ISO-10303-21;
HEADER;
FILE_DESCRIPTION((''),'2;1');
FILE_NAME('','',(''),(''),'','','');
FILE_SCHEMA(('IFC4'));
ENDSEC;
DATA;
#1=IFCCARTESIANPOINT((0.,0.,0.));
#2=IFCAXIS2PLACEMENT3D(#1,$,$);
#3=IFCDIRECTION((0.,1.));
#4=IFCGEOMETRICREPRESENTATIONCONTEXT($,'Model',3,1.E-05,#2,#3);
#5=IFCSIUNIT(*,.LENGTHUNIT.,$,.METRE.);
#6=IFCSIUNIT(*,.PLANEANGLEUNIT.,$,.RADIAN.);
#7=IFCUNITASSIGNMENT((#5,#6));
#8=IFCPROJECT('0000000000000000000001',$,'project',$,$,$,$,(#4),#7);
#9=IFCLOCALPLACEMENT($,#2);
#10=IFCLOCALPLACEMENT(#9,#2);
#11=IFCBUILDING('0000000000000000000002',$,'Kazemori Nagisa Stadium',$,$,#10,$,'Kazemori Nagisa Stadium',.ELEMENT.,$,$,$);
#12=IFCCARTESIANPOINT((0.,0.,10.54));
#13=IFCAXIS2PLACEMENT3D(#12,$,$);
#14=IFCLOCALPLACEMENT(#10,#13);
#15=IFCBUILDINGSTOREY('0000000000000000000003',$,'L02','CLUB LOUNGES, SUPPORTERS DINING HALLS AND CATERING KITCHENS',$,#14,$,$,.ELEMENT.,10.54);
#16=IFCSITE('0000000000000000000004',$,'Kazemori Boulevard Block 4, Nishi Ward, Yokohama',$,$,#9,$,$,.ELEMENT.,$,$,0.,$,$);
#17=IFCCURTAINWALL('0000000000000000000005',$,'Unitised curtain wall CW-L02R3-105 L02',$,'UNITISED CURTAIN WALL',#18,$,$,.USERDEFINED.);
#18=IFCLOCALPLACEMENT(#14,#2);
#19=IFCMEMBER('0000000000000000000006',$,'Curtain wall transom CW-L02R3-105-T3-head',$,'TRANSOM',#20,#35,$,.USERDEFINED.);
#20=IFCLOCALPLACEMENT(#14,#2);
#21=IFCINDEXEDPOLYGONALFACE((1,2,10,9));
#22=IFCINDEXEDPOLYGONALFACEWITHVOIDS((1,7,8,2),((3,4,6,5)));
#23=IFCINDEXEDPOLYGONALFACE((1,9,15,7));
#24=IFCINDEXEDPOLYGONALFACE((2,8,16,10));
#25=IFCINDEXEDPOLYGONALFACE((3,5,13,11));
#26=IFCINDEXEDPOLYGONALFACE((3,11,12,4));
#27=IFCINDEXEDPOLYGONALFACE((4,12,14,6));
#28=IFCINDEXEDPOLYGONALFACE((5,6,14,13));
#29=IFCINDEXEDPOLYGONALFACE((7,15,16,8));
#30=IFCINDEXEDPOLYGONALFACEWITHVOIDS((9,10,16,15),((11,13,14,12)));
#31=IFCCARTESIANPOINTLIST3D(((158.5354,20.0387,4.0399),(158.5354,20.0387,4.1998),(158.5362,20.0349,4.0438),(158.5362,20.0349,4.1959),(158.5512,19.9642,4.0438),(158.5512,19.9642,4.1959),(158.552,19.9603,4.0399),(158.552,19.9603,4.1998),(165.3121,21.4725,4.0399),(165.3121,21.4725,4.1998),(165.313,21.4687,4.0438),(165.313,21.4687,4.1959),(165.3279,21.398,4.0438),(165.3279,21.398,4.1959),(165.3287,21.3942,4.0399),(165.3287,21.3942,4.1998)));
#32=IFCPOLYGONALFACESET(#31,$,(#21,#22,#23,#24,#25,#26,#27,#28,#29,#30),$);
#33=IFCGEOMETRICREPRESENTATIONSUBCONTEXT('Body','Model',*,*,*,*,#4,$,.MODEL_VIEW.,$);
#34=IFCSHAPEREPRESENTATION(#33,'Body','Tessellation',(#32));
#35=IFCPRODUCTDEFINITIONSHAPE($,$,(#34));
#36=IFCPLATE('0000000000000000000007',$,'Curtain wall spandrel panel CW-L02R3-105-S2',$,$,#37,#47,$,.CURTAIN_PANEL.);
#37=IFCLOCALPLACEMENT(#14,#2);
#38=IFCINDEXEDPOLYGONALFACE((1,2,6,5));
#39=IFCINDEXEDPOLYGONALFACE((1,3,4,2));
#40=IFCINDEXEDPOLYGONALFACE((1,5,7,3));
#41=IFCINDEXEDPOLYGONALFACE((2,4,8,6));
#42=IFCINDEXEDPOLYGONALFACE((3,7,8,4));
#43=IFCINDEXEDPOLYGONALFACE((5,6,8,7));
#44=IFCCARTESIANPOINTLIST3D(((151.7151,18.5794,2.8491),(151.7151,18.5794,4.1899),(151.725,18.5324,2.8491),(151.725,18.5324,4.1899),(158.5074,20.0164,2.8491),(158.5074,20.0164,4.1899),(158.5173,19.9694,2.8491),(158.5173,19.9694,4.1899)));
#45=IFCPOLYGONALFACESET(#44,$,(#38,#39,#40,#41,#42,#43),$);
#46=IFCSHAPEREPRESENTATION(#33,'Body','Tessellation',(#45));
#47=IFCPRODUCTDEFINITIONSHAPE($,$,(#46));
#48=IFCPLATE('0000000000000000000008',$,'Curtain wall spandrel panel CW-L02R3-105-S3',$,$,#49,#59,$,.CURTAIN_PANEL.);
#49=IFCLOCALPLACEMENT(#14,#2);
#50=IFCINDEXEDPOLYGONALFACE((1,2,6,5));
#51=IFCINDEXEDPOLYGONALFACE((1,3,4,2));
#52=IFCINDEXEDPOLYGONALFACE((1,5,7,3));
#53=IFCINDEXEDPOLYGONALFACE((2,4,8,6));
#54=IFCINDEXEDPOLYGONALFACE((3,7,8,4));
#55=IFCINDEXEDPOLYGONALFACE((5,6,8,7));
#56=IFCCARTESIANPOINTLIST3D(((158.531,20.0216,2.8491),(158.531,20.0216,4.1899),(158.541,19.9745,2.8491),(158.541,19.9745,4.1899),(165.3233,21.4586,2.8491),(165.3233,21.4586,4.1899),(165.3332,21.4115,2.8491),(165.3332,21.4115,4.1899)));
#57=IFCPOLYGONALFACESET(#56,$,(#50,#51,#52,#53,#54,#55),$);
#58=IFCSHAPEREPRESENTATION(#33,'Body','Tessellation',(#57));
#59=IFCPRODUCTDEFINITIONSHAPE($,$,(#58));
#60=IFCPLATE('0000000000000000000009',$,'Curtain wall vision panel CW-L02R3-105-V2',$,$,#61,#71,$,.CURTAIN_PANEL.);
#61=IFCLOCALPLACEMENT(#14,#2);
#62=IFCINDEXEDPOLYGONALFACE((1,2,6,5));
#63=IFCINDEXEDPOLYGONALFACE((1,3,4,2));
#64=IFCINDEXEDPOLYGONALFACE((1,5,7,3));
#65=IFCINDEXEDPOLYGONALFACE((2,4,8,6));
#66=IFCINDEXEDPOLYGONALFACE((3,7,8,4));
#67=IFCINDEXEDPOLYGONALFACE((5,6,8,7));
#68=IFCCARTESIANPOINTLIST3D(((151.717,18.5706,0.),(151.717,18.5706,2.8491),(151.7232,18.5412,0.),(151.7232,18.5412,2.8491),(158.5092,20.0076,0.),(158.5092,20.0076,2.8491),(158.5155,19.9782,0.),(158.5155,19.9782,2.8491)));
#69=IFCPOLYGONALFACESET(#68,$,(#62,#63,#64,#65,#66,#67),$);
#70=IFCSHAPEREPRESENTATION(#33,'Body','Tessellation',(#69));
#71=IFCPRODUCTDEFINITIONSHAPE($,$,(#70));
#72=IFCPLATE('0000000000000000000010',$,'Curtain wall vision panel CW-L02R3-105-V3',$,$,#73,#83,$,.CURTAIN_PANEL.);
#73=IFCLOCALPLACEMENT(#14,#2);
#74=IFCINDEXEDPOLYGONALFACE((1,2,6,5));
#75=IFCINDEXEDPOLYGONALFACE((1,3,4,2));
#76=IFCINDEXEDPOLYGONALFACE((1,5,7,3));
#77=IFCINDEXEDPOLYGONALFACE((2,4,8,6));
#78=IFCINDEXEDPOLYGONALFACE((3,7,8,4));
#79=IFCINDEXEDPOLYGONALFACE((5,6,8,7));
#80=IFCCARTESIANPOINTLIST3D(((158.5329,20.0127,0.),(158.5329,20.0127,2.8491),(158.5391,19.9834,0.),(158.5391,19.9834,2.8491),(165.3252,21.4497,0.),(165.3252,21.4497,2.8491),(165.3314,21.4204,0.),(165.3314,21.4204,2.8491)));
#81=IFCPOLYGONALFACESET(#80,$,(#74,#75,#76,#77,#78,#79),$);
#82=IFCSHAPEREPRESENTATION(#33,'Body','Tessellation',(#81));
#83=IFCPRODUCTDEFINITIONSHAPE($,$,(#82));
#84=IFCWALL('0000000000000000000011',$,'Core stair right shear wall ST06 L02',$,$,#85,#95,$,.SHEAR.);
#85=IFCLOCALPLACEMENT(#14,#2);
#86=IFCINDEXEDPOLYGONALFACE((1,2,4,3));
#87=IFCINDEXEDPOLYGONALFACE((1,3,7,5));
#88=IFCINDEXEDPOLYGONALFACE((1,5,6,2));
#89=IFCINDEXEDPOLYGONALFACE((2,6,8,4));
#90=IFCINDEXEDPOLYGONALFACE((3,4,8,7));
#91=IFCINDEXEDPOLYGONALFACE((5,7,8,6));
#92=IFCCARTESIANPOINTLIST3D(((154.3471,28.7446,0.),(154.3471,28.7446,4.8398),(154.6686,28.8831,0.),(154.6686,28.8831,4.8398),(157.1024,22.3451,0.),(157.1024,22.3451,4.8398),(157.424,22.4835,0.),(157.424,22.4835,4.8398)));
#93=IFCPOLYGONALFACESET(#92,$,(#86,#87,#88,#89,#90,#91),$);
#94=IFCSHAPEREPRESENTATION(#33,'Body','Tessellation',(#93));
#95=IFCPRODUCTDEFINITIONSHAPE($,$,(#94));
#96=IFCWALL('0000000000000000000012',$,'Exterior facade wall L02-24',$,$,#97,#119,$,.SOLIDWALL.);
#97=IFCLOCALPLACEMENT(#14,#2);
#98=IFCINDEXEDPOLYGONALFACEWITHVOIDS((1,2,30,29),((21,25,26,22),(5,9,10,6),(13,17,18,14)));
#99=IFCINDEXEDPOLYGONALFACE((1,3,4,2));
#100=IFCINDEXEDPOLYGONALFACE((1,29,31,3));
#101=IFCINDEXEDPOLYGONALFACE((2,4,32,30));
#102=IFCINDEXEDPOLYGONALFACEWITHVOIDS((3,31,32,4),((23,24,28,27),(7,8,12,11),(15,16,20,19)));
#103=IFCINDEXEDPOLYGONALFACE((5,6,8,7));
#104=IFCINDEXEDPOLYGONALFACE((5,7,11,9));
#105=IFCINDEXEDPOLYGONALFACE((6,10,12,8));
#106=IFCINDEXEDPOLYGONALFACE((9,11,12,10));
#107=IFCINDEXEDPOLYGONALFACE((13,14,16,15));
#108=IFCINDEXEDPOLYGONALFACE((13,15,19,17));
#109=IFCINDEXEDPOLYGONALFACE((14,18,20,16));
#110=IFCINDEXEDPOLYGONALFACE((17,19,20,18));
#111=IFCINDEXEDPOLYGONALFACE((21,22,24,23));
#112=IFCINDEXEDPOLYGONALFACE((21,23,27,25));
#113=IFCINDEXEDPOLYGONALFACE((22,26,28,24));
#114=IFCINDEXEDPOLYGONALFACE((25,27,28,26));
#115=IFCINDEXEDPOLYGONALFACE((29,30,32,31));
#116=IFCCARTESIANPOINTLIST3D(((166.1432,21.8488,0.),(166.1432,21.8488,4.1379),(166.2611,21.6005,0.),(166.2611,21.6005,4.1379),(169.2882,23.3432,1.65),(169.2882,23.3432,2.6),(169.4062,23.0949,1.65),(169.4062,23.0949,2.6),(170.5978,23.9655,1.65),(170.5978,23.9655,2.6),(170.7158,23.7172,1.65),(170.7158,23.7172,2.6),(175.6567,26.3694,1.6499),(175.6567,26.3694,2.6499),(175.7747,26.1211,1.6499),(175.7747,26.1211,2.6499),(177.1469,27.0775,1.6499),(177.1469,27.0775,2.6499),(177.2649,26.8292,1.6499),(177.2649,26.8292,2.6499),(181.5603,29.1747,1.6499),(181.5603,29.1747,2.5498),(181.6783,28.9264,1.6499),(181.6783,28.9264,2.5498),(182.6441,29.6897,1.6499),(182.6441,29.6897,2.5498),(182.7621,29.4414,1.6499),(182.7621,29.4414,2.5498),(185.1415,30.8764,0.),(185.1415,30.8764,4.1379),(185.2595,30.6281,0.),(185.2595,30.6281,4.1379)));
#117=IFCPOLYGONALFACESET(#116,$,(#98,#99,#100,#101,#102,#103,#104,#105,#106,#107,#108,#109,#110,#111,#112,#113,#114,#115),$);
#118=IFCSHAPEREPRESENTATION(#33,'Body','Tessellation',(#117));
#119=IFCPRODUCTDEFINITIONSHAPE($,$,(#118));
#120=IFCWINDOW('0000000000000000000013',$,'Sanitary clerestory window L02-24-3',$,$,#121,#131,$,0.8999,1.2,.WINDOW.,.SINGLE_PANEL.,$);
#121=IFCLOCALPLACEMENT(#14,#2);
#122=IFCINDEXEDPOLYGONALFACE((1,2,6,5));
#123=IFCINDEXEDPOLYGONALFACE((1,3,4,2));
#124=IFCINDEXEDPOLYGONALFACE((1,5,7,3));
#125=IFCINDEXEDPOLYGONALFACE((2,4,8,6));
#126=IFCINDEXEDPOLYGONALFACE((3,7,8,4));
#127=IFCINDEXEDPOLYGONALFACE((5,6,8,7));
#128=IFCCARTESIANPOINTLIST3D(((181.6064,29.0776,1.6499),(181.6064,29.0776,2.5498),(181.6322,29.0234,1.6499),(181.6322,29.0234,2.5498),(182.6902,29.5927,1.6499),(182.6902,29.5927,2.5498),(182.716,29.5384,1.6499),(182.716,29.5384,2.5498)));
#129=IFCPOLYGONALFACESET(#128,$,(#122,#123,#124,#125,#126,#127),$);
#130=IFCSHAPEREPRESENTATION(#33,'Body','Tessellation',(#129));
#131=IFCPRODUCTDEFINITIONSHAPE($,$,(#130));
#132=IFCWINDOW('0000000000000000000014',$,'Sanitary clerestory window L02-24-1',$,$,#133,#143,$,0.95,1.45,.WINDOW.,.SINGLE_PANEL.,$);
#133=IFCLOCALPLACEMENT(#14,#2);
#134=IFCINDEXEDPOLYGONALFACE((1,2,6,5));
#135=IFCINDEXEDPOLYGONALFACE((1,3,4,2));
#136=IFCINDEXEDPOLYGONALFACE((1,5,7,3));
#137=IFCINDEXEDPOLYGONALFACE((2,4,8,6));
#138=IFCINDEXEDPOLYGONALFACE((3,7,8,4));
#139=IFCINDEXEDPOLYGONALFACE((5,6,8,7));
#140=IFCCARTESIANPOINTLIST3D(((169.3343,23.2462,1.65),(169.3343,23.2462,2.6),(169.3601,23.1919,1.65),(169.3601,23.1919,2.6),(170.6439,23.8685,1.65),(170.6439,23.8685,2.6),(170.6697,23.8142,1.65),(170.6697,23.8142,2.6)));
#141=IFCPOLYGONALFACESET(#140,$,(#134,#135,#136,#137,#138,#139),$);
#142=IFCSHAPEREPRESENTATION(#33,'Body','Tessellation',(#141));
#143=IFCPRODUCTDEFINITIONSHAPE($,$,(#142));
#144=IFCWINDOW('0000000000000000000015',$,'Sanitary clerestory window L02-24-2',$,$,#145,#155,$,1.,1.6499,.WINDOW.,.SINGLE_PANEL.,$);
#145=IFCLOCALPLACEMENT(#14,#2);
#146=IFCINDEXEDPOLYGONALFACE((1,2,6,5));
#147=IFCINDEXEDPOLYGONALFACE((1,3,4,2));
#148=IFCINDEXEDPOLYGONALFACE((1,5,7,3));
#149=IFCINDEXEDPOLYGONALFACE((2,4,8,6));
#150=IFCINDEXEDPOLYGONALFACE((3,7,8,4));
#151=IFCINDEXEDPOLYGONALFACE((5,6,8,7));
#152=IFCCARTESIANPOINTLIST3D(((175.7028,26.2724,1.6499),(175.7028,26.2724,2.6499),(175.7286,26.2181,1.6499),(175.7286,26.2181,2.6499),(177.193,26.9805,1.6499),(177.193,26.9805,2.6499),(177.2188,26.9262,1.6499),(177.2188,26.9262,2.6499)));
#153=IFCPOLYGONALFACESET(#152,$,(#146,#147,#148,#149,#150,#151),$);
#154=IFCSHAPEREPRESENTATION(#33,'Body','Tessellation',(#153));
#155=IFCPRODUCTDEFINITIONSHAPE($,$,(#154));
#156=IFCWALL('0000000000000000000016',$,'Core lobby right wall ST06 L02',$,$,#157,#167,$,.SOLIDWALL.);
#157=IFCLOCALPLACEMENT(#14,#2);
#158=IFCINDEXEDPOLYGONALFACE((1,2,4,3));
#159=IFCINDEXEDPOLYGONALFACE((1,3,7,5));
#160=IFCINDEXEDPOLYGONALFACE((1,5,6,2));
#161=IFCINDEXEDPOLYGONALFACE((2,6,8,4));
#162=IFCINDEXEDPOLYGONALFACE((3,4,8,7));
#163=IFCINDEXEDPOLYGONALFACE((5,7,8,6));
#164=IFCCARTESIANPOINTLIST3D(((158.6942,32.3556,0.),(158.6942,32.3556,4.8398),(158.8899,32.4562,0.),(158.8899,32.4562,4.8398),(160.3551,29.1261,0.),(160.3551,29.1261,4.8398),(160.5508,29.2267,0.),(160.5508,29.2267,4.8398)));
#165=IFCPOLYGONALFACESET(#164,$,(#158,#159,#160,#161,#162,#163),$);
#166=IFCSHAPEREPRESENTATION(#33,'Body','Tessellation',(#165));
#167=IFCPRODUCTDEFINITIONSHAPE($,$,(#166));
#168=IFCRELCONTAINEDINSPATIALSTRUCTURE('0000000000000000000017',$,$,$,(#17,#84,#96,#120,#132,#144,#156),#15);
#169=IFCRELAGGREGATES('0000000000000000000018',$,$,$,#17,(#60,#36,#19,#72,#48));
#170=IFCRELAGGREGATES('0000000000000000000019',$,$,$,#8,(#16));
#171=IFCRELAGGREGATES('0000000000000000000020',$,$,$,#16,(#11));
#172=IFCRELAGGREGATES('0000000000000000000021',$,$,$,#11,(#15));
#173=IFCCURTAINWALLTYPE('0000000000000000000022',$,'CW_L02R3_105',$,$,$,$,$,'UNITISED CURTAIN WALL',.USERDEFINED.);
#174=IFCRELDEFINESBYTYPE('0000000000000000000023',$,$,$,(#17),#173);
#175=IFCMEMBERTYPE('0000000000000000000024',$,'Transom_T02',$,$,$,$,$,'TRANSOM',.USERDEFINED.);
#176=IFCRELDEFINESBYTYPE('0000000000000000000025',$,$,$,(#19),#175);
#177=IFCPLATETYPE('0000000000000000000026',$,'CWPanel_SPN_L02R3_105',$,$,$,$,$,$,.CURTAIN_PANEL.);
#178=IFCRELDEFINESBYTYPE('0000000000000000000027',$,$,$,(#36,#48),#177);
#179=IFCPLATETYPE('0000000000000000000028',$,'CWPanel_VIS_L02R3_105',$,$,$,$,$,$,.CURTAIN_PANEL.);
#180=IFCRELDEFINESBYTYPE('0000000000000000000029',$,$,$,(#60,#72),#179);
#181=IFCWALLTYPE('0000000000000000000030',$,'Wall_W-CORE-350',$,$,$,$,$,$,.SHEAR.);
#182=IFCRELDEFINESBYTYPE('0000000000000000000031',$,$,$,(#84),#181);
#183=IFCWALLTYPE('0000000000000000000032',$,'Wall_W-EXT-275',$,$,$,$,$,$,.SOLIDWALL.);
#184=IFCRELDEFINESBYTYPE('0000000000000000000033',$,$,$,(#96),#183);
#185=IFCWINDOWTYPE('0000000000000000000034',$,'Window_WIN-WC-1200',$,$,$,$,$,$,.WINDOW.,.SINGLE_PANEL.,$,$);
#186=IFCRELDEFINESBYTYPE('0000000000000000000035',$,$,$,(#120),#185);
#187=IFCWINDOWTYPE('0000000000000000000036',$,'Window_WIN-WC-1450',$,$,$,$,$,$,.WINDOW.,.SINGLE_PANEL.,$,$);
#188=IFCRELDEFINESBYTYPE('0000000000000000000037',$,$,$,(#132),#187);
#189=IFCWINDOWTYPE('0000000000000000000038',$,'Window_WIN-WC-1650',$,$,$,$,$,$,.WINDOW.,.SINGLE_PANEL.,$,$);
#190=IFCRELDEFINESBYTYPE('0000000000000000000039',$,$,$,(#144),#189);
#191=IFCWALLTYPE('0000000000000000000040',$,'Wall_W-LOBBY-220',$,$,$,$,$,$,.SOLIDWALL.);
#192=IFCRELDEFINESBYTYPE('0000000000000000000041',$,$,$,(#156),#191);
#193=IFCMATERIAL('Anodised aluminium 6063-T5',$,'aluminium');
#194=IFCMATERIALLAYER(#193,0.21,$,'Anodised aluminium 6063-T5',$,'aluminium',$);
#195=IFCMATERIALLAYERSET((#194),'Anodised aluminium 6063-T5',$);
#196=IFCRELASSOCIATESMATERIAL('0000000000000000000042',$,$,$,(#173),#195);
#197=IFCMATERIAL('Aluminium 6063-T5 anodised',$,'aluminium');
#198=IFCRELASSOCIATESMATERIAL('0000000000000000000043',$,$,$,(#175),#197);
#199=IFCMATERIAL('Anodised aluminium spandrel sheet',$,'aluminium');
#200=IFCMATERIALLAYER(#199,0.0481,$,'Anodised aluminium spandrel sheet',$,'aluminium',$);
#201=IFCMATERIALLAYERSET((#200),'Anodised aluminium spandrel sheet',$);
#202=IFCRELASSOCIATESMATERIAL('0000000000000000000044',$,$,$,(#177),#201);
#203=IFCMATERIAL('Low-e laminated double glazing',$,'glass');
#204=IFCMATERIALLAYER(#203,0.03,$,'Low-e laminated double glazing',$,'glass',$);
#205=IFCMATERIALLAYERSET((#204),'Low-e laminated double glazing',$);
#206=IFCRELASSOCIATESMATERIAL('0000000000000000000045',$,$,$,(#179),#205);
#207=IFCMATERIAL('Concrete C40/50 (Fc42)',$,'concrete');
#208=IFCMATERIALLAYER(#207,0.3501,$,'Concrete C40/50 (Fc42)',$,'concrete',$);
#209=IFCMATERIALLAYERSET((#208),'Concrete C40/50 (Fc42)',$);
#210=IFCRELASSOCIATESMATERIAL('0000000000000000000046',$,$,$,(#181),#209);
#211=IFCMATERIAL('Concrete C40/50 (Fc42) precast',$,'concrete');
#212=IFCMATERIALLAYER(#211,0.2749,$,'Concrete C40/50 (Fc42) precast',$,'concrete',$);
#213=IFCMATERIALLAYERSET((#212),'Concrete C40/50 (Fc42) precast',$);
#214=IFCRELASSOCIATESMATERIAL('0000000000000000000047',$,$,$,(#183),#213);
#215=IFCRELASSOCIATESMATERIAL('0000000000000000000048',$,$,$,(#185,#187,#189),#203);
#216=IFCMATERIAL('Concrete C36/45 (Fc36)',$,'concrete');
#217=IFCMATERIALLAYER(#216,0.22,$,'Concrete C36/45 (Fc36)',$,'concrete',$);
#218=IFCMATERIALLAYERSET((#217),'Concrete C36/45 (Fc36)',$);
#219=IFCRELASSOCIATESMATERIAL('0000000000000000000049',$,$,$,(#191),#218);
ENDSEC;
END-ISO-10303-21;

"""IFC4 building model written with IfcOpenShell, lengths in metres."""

from ifc_helpers import new_model, si_unit, direction, frame, frame_2d, origin, origin_2d, place, context, subcontext, project, spatial, rectangle, hollow_rectangle, extrude, material, layer, layer_set, material_profile, profile_set, type_object, element, fill, aggregate, save


model = new_model("IFC4")

# Units and contexts
model_context = context("Model", 3, precision=1e-05, world=origin(), true_north=direction((0.0, 1.0)))
body_context = subcontext(model_context, "Body", "Model", "MODEL_VIEW")
ifc_project = project(units=[si_unit("LENGTHUNIT", "METRE"), si_unit("PLANEANGLEUNIT", "RADIAN")], contexts=[model_context])

# Site, building, storey
site_placement = place(None, origin())
site = spatial("IfcSite", under=ifc_project, at=site_placement, Name="Kazemori Boulevard Block 4, Nishi Ward, Yokohama", CompositionType="ELEMENT", RefElevation=0.0)
building_placement = place(site_placement, origin())
building = spatial("IfcBuilding", under=site, at=building_placement, Name="Kazemori Nagisa Stadium", LongName="Kazemori Nagisa Stadium", CompositionType="ELEMENT")
storey_placement = place(building_placement, frame((0.0, 0.0, 10.54)))
storey = spatial("IfcBuildingStorey", under=building, at=storey_placement, Name="L02", Description="CLUB LOUNGES, SUPPORTERS DINING HALLS AND CATERING KITCHENS", CompositionType="ELEMENT", Elevation=10.54)

# Shared definitions
ifc_material_1 = material(Name="Concrete C40/50 (Fc42)", Category="concrete")

# Curtain wall, member, plates
ifc_material_2 = material(Name="Anodised aluminium 6063-T5", Category="aluminium")
ifc_layer_1 = layer(ifc_material_2, 0.21, Name="Anodised aluminium 6063-T5", Category="aluminium")
ifc_layer_set_1 = layer_set([ifc_layer_1], Name="Anodised aluminium 6063-T5")
curtain_wall_type = type_object("IfcCurtainWallType", Name="CW_L02R3_105", ElementType="UNITISED CURTAIN WALL", PredefinedType="USERDEFINED", material=ifc_layer_set_1)
curtain_wall_placement = place(storey_placement, origin())
curtain_wall = element("IfcCurtainWall", 1, at=curtain_wall_placement, inside=storey, type_object=curtain_wall_type, Name="Unitised curtain wall CW-L02R3-105 L02", ObjectType="UNITISED CURTAIN WALL", PredefinedType="USERDEFINED")
ifc_material_3 = material(Name="Aluminium 6063-T5 anodised", Category="aluminium")
ifc_material_profile_1 = material_profile(ifc_material_3, hollow_rectangle(XDim=0.0801, YDim=0.1599, WallThickness=0.0039, at=origin_2d()), Name="ALU-TRAN-80x160x4")
ifc_profile_set_1 = profile_set([ifc_material_profile_1], Name="Aluminium 6063-T5 anodised")
member_type_1 = type_object("IfcMemberType", Name="Transom_T02", ElementType="TRANSOM", PredefinedType="USERDEFINED", material=ifc_profile_set_1)
member_1_placement = place(storey_placement, frame((158.5437, 19.9995, 4.1199), z_axis=(0.978342, 0.206996, 0.0), x_axis=(-0.206996, 0.978342, 0.0)))
member_1 = element("IfcMember", 2, at=member_1_placement, type_object=member_type_1, Name="Curtain wall transom CW-L02R3-105-T3-head", ObjectType="TRANSOM", PredefinedType="USERDEFINED", context=body_context, shape_type="SweptSolid", body=[
    extrude(hollow_rectangle(XDim=0.0801, YDim=0.1599, WallThickness=0.0039, at=origin_2d()), origin(), (0.0, 0.0, 1.0), 6.9268),
])
ifc_material_4 = material(Name="Anodised aluminium spandrel sheet", Category="aluminium")
ifc_layer_2 = layer(ifc_material_4, 0.0481, Name="Anodised aluminium spandrel sheet", Category="aluminium")
ifc_layer_set_2 = layer_set([ifc_layer_2], Name="Anodised aluminium spandrel sheet")
plate_type_1 = type_object("IfcPlateType", Name="CWPanel_SPN_L02R3_105", PredefinedType="CURTAIN_PANEL", material=ifc_layer_set_2)
plate_1_placement = place(storey_placement, frame((155.1162, 19.2744, 2.8491), z_axis=(0.0, 0.0, 1.0), x_axis=(0.978345, 0.206981, 0.0)))
plate_1 = element("IfcPlate", 3, at=plate_1_placement, type_object=plate_type_1, Name="Curtain wall spandrel panel CW-L02R3-105-S2", PredefinedType="CURTAIN_PANEL", context=body_context, shape_type="SweptSolid", body=[
    extrude(rectangle(XDim=6.9426, YDim=0.0481, at=origin_2d()), origin(), (0.0, 0.0, 1.0), 1.3408),
])
plate_2_placement = place(storey_placement, frame((161.9321, 20.7166, 2.8491), z_axis=(0.0, 0.0, 1.0), x_axis=(0.978345, 0.206981, 0.0)))
plate_2 = element("IfcPlate", 4, at=plate_2_placement, type_object=plate_type_1, Name="Curtain wall spandrel panel CW-L02R3-105-S3", PredefinedType="CURTAIN_PANEL", context=body_context, shape_type="SweptSolid", body=[
    extrude(rectangle(XDim=6.9426, YDim=0.0481, at=origin_2d()), origin(), (0.0, 0.0, 1.0), 1.3408),
])
ifc_material_5 = material(Name="Low-e laminated double glazing", Category="glass")
ifc_layer_3 = layer(ifc_material_5, 0.03, Name="Low-e laminated double glazing", Category="glass")
ifc_layer_set_3 = layer_set([ifc_layer_3], Name="Low-e laminated double glazing")
plate_type_2 = type_object("IfcPlateType", Name="CWPanel_VIS_L02R3_105", PredefinedType="CURTAIN_PANEL", material=ifc_layer_set_3)
plate_3_placement = place(storey_placement, frame((155.1162, 19.2744, 0.0), z_axis=(0.0, 0.0, 1.0), x_axis=(0.978345, 0.206981, 0.0)))
plate_3 = element("IfcPlate", 5, at=plate_3_placement, type_object=plate_type_2, Name="Curtain wall vision panel CW-L02R3-105-V2", PredefinedType="CURTAIN_PANEL", context=body_context, shape_type="SweptSolid", body=[
    extrude(rectangle(XDim=6.9426, YDim=0.03, at=origin_2d()), origin(), (0.0, 0.0, 1.0), 2.8491),
])
plate_4_placement = place(storey_placement, frame((161.9321, 20.7166, 0.0), z_axis=(0.0, 0.0, 1.0), x_axis=(0.978345, 0.206981, 0.0)))
plate_4 = element("IfcPlate", 6, at=plate_4_placement, type_object=plate_type_2, Name="Curtain wall vision panel CW-L02R3-105-V3", PredefinedType="CURTAIN_PANEL", context=body_context, shape_type="SweptSolid", body=[
    extrude(rectangle(XDim=6.9426, YDim=0.03, at=origin_2d()), origin(), (0.0, 0.0, 1.0), 2.8491),
])
aggregate(curtain_wall, [plate_3, plate_1, member_1, plate_4, plate_2])

# Wall
ifc_layer_4 = layer(ifc_material_1, 0.3501, Name="Concrete C40/50 (Fc42)", Category="concrete")
ifc_layer_set_4 = layer_set([ifc_layer_4], Name="Concrete C40/50 (Fc42)")
wall_type_1 = type_object("IfcWallType", Name="Wall_W-CORE-350", PredefinedType="SHEAR", material=ifc_layer_set_4)
wall_1_placement = place(storey_placement, frame((154.5078, 28.814, 0.0), z_axis=(0.0, 0.0, 1.0), x_axis=(0.395454, -0.918486, 0.0)))
element("IfcWall", 7, at=wall_1_placement, inside=storey, type_object=wall_type_1, Name="Core stair right shear wall ST06 L02", PredefinedType="SHEAR", context=body_context, shape_type="SweptSolid", body=[
    extrude(rectangle(XDim=6.9675, YDim=0.3501, at=frame_2d((3.4839, 0.0))), origin(), (0.0, 0.0, 1.0), 4.8398),
])

# Wall, openings, windows
ifc_material_6 = material(Name="Concrete C40/50 (Fc42) precast", Category="concrete")
ifc_layer_5 = layer(ifc_material_6, 0.2749, Name="Concrete C40/50 (Fc42) precast", Category="concrete")
ifc_layer_set_5 = layer_set([ifc_layer_5], Name="Concrete C40/50 (Fc42) precast")
wall_type_2 = type_object("IfcWallType", Name="Wall_W-EXT-275", PredefinedType="SOLIDWALL", material=ifc_layer_set_5)
wall_2_placement = place(storey_placement, frame((166.2021, 21.7246, 0.0), z_axis=(0.0, 0.0, 1.0), x_axis=(0.903215, 0.429189, 0.0)))
wall_2 = element("IfcWall", 8, at=wall_2_placement, inside=storey, type_object=wall_type_2, Name="Exterior facade wall L02-24", PredefinedType="SOLIDWALL", context=body_context, shape_type="SweptSolid", body=[
    extrude(rectangle(XDim=21.0342, YDim=0.2749, at=frame_2d((10.5171, 0.0))), origin(), (0.0, 0.0, 1.0), 4.1379),
])
opening_1_placement = place(wall_2_placement, frame((3.4819, 0.0, 1.6499)))
opening_1 = element("IfcOpeningElement", 9, at=opening_1_placement, cuts=wall_2, PredefinedType="OPENING", context=body_context, shape_type="SweptSolid", body=[
    extrude(rectangle(XDim=1.45, YDim=0.95, at=frame_2d((0.7251, 0.4751))), frame((0.0, 0.1475, 0.0), z_axis=(0.0, -1.0, 0.0), x_axis=(1.0, 0.0, 0.0)), (0.0, 0.0, 1.0), 0.2949),
])
opening_2_placement = place(wall_2_placement, frame((10.533, 0.0, 1.6499)))
opening_2 = element("IfcOpeningElement", 10, at=opening_2_placement, cuts=wall_2, PredefinedType="OPENING", context=body_context, shape_type="SweptSolid", body=[
    extrude(rectangle(XDim=1.6499, YDim=1.0, at=frame_2d((0.825, 0.5))), frame((0.0, 0.1475, 0.0), z_axis=(0.0, -1.0, 0.0), x_axis=(1.0, 0.0, 0.0)), (0.0, 0.0, 1.0), 0.2949),
])
opening_3_placement = place(wall_2_placement, frame((17.0691, 0.0, 1.6499)))
opening_3 = element("IfcOpeningElement", 11, at=opening_3_placement, cuts=wall_2, PredefinedType="OPENING", context=body_context, shape_type="SweptSolid", body=[
    extrude(rectangle(XDim=1.2, YDim=0.8999, at=frame_2d((0.6001, 0.45))), frame((0.0, 0.1475, 0.0), z_axis=(0.0, -1.0, 0.0), x_axis=(1.0, 0.0, 0.0)), (0.0, 0.0, 1.0), 0.2949),
])
window_type_1 = type_object("IfcWindowType", Name="Window_WIN-WC-1200", PartitioningType="SINGLE_PANEL", PredefinedType="WINDOW", material=ifc_material_5)
window_1_placement = place(opening_3_placement, origin())
window_1 = element("IfcWindow", 12, at=window_1_placement, inside=storey, type_object=window_type_1, Name="Sanitary clerestory window L02-24-3", OverallHeight=0.8999, OverallWidth=1.2, PartitioningType="SINGLE_PANEL", PredefinedType="WINDOW", context=body_context, shape_type="SweptSolid", body=[
    extrude(rectangle(XDim=1.2, YDim=0.8999, at=frame_2d((0.6001, 0.45))), frame((0.0, 0.03, 0.0), z_axis=(0.0, -1.0, 0.0), x_axis=(1.0, 0.0, 0.0)), (0.0, 0.0, 1.0), 0.0601),
])
fill(opening_3, window_1)
window_type_2 = type_object("IfcWindowType", Name="Window_WIN-WC-1450", PartitioningType="SINGLE_PANEL", PredefinedType="WINDOW", material=ifc_material_5)
window_2_placement = place(opening_1_placement, origin())
window_2 = element("IfcWindow", 13, at=window_2_placement, inside=storey, type_object=window_type_2, Name="Sanitary clerestory window L02-24-1", OverallHeight=0.95, OverallWidth=1.45, PartitioningType="SINGLE_PANEL", PredefinedType="WINDOW", context=body_context, shape_type="SweptSolid", body=[
    extrude(rectangle(XDim=1.45, YDim=0.95, at=frame_2d((0.7251, 0.4751))), frame((0.0, 0.03, 0.0), z_axis=(0.0, -1.0, 0.0), x_axis=(1.0, 0.0, 0.0)), (0.0, 0.0, 1.0), 0.0601),
])
fill(opening_1, window_2)
window_type_3 = type_object("IfcWindowType", Name="Window_WIN-WC-1650", PartitioningType="SINGLE_PANEL", PredefinedType="WINDOW", material=ifc_material_5)
window_3_placement = place(opening_2_placement, origin())
window_3 = element("IfcWindow", 14, at=window_3_placement, inside=storey, type_object=window_type_3, Name="Sanitary clerestory window L02-24-2", OverallHeight=1.0, OverallWidth=1.6499, PartitioningType="SINGLE_PANEL", PredefinedType="WINDOW", context=body_context, shape_type="SweptSolid", body=[
    extrude(rectangle(XDim=1.6499, YDim=1.0, at=frame_2d((0.825, 0.5))), frame((0.0, 0.03, 0.0), z_axis=(0.0, -1.0, 0.0), x_axis=(1.0, 0.0, 0.0)), (0.0, 0.0, 1.0), 0.0601),
])
fill(opening_2, window_3)

# Wall
ifc_material_7 = material(Name="Concrete C36/45 (Fc36)", Category="concrete")
ifc_layer_6 = layer(ifc_material_7, 0.22, Name="Concrete C36/45 (Fc36)", Category="concrete")
ifc_layer_set_6 = layer_set([ifc_layer_6], Name="Concrete C36/45 (Fc36)")
wall_type_3 = type_object("IfcWallType", Name="Wall_W-LOBBY-220", PredefinedType="SOLIDWALL", material=ifc_layer_set_6)
wall_3_placement = place(storey_placement, frame((158.792, 32.406, 0.0), z_axis=(0.0, 0.0, 1.0), x_axis=(0.45735, -0.889287, 0.0)))
element("IfcWall", 15, at=wall_3_placement, inside=storey, type_object=wall_type_3, Name="Core lobby right wall ST06 L02", PredefinedType="SOLIDWALL", context=body_context, shape_type="SweptSolid", body=[
    extrude(rectangle(XDim=3.6316, YDim=0.22, at=frame_2d((1.8159, 0.0))), origin(), (0.0, 0.0, 1.0), 4.8398),
])

save(model, "model.ifc")
